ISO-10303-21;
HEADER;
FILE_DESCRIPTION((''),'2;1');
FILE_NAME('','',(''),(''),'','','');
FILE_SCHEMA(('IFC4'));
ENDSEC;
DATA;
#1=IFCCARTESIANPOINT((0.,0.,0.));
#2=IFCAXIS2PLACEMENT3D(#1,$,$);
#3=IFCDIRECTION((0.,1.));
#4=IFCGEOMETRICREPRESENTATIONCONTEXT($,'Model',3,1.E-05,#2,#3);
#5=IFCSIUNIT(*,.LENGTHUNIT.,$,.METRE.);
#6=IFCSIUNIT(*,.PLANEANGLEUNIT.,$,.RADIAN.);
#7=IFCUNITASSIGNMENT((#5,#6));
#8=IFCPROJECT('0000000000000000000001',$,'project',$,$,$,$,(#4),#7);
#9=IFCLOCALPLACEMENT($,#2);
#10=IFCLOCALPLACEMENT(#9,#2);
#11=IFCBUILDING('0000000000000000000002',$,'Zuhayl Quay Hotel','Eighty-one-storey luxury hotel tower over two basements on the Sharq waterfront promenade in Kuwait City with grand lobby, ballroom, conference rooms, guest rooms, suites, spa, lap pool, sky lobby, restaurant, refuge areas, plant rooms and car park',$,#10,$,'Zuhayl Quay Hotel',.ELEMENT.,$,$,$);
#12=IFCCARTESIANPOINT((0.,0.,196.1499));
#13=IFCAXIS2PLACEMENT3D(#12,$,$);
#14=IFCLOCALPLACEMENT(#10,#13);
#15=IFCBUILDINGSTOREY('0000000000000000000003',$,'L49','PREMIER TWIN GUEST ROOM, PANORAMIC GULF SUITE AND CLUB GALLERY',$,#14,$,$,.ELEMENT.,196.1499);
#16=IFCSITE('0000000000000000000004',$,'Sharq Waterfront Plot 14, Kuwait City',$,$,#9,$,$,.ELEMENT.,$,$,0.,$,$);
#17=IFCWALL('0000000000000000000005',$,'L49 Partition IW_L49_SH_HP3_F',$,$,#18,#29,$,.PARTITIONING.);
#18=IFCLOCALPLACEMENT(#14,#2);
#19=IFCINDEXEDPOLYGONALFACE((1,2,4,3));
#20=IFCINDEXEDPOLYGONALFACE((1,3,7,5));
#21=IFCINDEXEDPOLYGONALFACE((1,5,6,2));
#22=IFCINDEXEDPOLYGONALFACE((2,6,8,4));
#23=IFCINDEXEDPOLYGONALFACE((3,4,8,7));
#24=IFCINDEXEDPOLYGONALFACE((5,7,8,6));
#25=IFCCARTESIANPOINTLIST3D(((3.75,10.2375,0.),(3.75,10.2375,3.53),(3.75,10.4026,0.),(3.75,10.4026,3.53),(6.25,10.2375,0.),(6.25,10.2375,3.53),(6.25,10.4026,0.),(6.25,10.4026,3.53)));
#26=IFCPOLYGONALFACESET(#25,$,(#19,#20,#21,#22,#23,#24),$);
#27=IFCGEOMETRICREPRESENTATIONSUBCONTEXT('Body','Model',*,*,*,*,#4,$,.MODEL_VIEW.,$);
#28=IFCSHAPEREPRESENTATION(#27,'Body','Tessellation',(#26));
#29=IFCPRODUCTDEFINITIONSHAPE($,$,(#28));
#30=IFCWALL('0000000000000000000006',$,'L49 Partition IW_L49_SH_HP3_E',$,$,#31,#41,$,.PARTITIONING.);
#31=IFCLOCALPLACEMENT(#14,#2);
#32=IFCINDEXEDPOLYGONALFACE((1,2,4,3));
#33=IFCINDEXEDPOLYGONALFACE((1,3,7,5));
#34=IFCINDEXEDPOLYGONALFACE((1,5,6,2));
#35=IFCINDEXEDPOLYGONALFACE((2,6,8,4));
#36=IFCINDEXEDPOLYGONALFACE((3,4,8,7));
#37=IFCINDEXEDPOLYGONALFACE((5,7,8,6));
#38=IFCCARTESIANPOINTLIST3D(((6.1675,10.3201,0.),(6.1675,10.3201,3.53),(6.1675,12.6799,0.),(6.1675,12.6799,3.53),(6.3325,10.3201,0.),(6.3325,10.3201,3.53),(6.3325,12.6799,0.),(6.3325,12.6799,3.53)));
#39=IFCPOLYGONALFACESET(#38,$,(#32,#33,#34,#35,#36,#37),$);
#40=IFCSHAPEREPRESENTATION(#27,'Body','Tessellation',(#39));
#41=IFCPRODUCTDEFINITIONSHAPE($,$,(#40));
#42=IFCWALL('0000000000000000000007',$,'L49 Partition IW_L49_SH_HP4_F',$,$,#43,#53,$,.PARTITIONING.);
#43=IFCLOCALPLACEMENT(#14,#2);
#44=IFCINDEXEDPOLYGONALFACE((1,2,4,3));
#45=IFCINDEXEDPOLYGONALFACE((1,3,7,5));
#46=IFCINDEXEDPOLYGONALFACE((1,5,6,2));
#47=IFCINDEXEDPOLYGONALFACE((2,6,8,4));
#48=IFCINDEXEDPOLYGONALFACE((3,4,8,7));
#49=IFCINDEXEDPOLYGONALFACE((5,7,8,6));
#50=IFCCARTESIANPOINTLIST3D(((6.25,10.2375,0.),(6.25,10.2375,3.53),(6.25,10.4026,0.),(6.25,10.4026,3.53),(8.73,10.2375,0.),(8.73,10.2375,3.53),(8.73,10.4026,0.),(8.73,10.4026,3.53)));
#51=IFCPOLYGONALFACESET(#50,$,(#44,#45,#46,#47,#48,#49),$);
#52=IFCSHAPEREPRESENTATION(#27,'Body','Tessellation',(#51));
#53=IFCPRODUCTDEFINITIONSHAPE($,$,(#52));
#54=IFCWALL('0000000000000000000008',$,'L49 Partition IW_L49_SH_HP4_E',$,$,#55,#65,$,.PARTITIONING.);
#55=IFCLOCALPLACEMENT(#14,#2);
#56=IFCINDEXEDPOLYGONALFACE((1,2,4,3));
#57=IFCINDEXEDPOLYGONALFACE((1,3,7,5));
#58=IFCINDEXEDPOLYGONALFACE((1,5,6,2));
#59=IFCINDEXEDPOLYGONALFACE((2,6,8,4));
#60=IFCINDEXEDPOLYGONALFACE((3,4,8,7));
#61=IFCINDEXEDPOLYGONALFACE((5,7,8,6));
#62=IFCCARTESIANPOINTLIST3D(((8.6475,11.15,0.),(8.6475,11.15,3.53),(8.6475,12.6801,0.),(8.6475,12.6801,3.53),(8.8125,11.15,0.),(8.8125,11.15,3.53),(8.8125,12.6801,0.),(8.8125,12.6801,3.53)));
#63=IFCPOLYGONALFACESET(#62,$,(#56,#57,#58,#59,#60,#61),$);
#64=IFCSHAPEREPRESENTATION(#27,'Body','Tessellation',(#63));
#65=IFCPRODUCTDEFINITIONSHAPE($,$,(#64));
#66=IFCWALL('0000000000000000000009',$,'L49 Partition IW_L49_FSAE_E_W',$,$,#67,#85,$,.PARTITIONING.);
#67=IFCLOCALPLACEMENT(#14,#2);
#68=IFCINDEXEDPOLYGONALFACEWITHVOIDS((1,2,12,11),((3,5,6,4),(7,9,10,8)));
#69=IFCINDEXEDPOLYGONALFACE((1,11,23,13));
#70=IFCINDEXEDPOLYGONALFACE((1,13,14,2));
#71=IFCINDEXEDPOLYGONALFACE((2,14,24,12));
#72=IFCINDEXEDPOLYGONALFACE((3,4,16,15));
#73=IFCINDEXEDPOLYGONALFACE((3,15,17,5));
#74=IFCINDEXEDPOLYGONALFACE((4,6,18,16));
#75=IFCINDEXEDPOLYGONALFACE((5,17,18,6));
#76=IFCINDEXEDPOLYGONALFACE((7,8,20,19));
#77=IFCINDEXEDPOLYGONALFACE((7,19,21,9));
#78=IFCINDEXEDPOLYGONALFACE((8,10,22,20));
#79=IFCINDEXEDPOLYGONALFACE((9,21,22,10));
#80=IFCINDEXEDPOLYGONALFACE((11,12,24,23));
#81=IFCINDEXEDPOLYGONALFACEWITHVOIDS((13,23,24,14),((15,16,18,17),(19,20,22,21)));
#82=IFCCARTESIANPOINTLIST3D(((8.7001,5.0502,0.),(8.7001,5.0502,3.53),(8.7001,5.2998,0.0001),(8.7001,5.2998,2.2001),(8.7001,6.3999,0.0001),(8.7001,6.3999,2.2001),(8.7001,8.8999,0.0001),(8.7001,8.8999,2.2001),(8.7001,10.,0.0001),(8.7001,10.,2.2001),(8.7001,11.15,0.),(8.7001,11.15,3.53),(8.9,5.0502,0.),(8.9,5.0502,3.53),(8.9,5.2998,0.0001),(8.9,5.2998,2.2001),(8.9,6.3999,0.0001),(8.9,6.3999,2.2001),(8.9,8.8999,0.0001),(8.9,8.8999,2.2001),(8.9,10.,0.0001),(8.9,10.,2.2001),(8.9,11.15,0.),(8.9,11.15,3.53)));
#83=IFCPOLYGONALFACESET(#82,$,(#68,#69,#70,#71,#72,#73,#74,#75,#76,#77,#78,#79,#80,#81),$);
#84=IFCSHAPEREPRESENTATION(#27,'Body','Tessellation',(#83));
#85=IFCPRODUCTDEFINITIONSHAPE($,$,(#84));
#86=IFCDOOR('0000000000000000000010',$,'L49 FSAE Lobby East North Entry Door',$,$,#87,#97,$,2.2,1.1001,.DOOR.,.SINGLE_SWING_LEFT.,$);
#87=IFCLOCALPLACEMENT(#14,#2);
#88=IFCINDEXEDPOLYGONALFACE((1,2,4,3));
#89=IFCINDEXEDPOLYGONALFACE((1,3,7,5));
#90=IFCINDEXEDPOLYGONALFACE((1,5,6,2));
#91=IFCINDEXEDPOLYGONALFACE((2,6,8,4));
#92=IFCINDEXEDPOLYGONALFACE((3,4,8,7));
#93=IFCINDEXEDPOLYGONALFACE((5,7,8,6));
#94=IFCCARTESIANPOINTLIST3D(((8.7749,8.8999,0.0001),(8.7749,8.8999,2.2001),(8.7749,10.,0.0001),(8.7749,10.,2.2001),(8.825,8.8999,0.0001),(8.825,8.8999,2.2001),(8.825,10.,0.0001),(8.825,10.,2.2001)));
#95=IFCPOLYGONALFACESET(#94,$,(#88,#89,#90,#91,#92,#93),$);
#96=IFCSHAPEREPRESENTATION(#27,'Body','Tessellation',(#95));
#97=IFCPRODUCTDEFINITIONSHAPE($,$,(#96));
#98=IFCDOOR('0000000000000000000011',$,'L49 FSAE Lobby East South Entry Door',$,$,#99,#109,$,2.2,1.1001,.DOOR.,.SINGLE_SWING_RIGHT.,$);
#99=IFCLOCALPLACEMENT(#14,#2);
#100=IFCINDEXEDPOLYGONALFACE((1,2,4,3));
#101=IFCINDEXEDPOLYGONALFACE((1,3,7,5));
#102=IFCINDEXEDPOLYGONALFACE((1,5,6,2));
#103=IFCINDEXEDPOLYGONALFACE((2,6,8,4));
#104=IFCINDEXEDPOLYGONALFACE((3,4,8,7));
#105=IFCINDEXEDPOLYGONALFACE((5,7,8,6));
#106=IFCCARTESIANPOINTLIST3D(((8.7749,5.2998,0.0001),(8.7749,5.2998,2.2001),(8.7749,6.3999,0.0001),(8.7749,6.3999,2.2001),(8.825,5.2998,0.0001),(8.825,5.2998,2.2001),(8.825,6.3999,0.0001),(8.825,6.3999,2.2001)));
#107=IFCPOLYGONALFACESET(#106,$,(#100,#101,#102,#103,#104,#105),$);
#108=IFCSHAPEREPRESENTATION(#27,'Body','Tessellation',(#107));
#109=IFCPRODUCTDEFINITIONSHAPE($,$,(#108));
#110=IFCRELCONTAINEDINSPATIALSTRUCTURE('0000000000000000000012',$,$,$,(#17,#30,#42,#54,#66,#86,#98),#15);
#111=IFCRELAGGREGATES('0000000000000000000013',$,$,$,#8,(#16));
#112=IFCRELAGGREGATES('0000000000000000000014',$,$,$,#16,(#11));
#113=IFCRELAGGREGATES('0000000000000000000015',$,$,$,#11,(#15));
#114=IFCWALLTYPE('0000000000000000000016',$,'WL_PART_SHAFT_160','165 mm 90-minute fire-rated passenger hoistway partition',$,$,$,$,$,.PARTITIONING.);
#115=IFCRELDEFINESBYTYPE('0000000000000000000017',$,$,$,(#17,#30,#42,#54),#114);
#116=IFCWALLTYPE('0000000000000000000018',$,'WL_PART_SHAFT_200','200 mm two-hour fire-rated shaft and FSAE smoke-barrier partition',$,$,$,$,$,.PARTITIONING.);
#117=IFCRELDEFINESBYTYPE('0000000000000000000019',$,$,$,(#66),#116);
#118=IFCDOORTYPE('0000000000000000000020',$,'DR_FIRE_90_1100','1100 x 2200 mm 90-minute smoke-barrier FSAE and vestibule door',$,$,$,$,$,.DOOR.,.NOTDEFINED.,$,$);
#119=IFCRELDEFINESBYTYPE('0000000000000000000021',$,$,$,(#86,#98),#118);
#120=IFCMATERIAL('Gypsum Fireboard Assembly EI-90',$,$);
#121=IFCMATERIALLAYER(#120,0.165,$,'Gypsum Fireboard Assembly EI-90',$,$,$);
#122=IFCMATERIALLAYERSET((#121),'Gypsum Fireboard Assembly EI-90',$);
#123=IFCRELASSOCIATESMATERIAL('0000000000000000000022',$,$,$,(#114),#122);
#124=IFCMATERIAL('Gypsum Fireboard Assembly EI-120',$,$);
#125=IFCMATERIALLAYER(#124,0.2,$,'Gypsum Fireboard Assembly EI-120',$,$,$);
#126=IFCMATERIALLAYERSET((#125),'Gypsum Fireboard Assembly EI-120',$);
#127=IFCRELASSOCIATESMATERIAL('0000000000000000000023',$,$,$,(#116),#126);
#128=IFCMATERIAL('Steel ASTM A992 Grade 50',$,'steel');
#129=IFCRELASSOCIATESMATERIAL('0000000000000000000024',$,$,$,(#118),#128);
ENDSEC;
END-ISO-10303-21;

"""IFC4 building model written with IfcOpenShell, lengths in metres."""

from ifc_helpers import new_model, si_unit, direction, frame, frame_2d, origin, place, context, subcontext, project, spatial, rectangle, extrude, material, layer, layer_set, type_object, element, fill, save


model = new_model("IFC4")

# Units and contexts
model_context = context("Model", 3, precision=1e-05, world=origin(), true_north=direction((0.0, 1.0)))
body_context = subcontext(model_context, "Body", "Model", "MODEL_VIEW")
ifc_project = project(units=[si_unit("LENGTHUNIT", "METRE"), si_unit("PLANEANGLEUNIT", "RADIAN")], contexts=[model_context])

# Site, building, storey
site_placement = place(None, origin())
site = spatial("IfcSite", under=ifc_project, at=site_placement, Name="Sharq Waterfront Plot 14, Kuwait City", CompositionType="ELEMENT", RefElevation=0.0)
building_placement = place(site_placement, origin())
building = spatial("IfcBuilding", under=site, at=building_placement, Name="Zuhayl Quay Hotel", Description="Eighty-one-storey luxury hotel tower over two basements on the Sharq waterfront promenade in Kuwait City with grand lobby, ballroom, conference rooms, guest rooms, suites, spa, lap pool, sky lobby, restaurant, refuge areas, plant rooms and car park", LongName="Zuhayl Quay Hotel", CompositionType="ELEMENT")
storey_placement = place(building_placement, frame((0.0, 0.0, 196.1499)))
storey = spatial("IfcBuildingStorey", under=building, at=storey_placement, Name="L49", Description="PREMIER TWIN GUEST ROOM, PANORAMIC GULF SUITE AND CLUB GALLERY", CompositionType="ELEMENT", Elevation=196.1499)

# Shared definitions
ifc_material_1 = material(Name="Steel ASTM A992 Grade 50", Category="steel")

# Shared definitions
ifc_material_2 = material(Name="Gypsum Fireboard Assembly EI-90")
ifc_layer_1 = layer(ifc_material_2, 0.165, Name="Gypsum Fireboard Assembly EI-90")
ifc_layer_set_1 = layer_set([ifc_layer_1], Name="Gypsum Fireboard Assembly EI-90")
wall_type_1 = type_object("IfcWallType", Name="WL_PART_SHAFT_160", Description="165 mm 90-minute fire-rated passenger hoistway partition", PredefinedType="PARTITIONING", material=ifc_layer_set_1)

# Walls
wall_1_placement = place(storey_placement, frame((3.75, 10.3201, 0.0), z_axis=(0.0, 0.0, 1.0), x_axis=(1.0, 0.0, 0.0)))
element("IfcWall", 1, at=wall_1_placement, inside=storey, type_object=wall_type_1, Name="L49 Partition IW_L49_SH_HP3_F", PredefinedType="PARTITIONING", context=body_context, shape_type="SweptSolid", body=[
    extrude(rectangle(XDim=2.5, YDim=0.165, at=frame_2d((1.25, 0.0))), origin(), (0.0, 0.0, 1.0), 3.53),
])
wall_2_placement = place(storey_placement, frame((6.25, 10.3201, 0.0), z_axis=(0.0, 0.0, 1.0), x_axis=(0.0, 1.0, 0.0)))
element("IfcWall", 2, at=wall_2_placement, inside=storey, type_object=wall_type_1, Name="L49 Partition IW_L49_SH_HP3_E", PredefinedType="PARTITIONING", context=body_context, shape_type="SweptSolid", body=[
    extrude(rectangle(XDim=2.3599, YDim=0.165, at=frame_2d((1.1799, 0.0))), origin(), (0.0, 0.0, 1.0), 3.53),
])
wall_3_placement = place(storey_placement, frame((6.25, 10.3201, 0.0), z_axis=(0.0, 0.0, 1.0), x_axis=(1.0, 0.0, 0.0)))
element("IfcWall", 3, at=wall_3_placement, inside=storey, type_object=wall_type_1, Name="L49 Partition IW_L49_SH_HP4_F", PredefinedType="PARTITIONING", context=body_context, shape_type="SweptSolid", body=[
    extrude(rectangle(XDim=2.48, YDim=0.165, at=frame_2d((1.24, 0.0))), origin(), (0.0, 0.0, 1.0), 3.53),
])
wall_4_placement = place(storey_placement, frame((8.73, 11.1499, 0.0), z_axis=(0.0, 0.0, 1.0), x_axis=(0.0, 1.0, 0.0)))
element("IfcWall", 4, at=wall_4_placement, inside=storey, type_object=wall_type_1, Name="L49 Partition IW_L49_SH_HP4_E", PredefinedType="PARTITIONING", context=body_context, shape_type="SweptSolid", body=[
    extrude(rectangle(XDim=1.53, YDim=0.165, at=frame_2d((0.7651, 0.0))), origin(), (0.0, 0.0, 1.0), 3.53),
])

# Wall, openings, doors
ifc_material_3 = material(Name="Gypsum Fireboard Assembly EI-120")
ifc_layer_2 = layer(ifc_material_3, 0.2, Name="Gypsum Fireboard Assembly EI-120")
ifc_layer_set_2 = layer_set([ifc_layer_2], Name="Gypsum Fireboard Assembly EI-120")
wall_type_2 = type_object("IfcWallType", Name="WL_PART_SHAFT_200", Description="200 mm two-hour fire-rated shaft and FSAE smoke-barrier partition", PredefinedType="PARTITIONING", material=ifc_layer_set_2)
wall_5_placement = place(storey_placement, frame((8.8, 11.1499, 0.0), z_axis=(0.0, 0.0, 1.0), x_axis=(0.0, -1.0, 0.0)))
wall_5 = element("IfcWall", 5, at=wall_5_placement, inside=storey, type_object=wall_type_2, Name="L49 Partition IW_L49_FSAE_E_W", PredefinedType="PARTITIONING", context=body_context, shape_type="SweptSolid", body=[
    extrude(rectangle(XDim=6.0999, YDim=0.2, at=frame_2d((3.0498, 0.0))), origin(), (0.0, 0.0, 1.0), 3.53),
])
opening_1_placement = place(wall_5_placement, frame((1.1499, 0.0, 0.0)))
opening_1 = element("IfcOpeningElement", 6, at=opening_1_placement, cuts=wall_5, PredefinedType="OPENING", context=body_context, shape_type="SweptSolid", body=[
    extrude(rectangle(XDim=1.1001, YDim=2.2, at=frame_2d((0.55, 1.1001))), frame((0.0, 0.1099, 0.0), z_axis=(0.0, -1.0, 0.0), x_axis=(1.0, 0.0, 0.0)), (0.0, 0.0, 1.0), 0.22),
])
opening_2_placement = place(wall_5_placement, frame((4.75, 0.0, 0.0)))
opening_2 = element("IfcOpeningElement", 7, at=opening_2_placement, cuts=wall_5, PredefinedType="OPENING", context=body_context, shape_type="SweptSolid", body=[
    extrude(rectangle(XDim=1.1001, YDim=2.2, at=frame_2d((0.55, 1.1001))), frame((0.0, 0.1099, 0.0), z_axis=(0.0, -1.0, 0.0), x_axis=(1.0, 0.0, 0.0)), (0.0, 0.0, 1.0), 0.22),
])
door_type_1 = type_object("IfcDoorType", Name="DR_FIRE_90_1100", Description="1100 x 2200 mm 90-minute smoke-barrier FSAE and vestibule door", OperationType="NOTDEFINED", PredefinedType="DOOR", material=ifc_material_1)
door_1_placement = place(opening_1_placement, origin())
door_1 = element("IfcDoor", 8, at=door_1_placement, inside=storey, type_object=door_type_1, Name="L49 FSAE Lobby East North Entry Door", OperationType="SINGLE_SWING_LEFT", OverallHeight=2.2, OverallWidth=1.1001, PredefinedType="DOOR", context=body_context, shape_type="SweptSolid", body=[
    extrude(rectangle(XDim=1.1001, YDim=2.2, at=frame_2d((0.55, 1.1001))), frame((0.0, 0.0249, 0.0), z_axis=(0.0, -1.0, 0.0), x_axis=(1.0, 0.0, 0.0)), (0.0, 0.0, 1.0), 0.05),
])
fill(opening_1, door_1)
door_2_placement = place(opening_2_placement, origin())
door_2 = element("IfcDoor", 9, at=door_2_placement, inside=storey, type_object=door_type_1, Name="L49 FSAE Lobby East South Entry Door", OperationType="SINGLE_SWING_RIGHT", OverallHeight=2.2, OverallWidth=1.1001, PredefinedType="DOOR", context=body_context, shape_type="SweptSolid", body=[
    extrude(rectangle(XDim=1.1001, YDim=2.2, at=frame_2d((0.55, 1.1001))), frame((0.0, 0.0249, 0.0), z_axis=(0.0, -1.0, 0.0), x_axis=(1.0, 0.0, 0.0)), (0.0, 0.0, 1.0), 0.05),
])
fill(opening_2, door_2)

save(model, "model.ifc")
